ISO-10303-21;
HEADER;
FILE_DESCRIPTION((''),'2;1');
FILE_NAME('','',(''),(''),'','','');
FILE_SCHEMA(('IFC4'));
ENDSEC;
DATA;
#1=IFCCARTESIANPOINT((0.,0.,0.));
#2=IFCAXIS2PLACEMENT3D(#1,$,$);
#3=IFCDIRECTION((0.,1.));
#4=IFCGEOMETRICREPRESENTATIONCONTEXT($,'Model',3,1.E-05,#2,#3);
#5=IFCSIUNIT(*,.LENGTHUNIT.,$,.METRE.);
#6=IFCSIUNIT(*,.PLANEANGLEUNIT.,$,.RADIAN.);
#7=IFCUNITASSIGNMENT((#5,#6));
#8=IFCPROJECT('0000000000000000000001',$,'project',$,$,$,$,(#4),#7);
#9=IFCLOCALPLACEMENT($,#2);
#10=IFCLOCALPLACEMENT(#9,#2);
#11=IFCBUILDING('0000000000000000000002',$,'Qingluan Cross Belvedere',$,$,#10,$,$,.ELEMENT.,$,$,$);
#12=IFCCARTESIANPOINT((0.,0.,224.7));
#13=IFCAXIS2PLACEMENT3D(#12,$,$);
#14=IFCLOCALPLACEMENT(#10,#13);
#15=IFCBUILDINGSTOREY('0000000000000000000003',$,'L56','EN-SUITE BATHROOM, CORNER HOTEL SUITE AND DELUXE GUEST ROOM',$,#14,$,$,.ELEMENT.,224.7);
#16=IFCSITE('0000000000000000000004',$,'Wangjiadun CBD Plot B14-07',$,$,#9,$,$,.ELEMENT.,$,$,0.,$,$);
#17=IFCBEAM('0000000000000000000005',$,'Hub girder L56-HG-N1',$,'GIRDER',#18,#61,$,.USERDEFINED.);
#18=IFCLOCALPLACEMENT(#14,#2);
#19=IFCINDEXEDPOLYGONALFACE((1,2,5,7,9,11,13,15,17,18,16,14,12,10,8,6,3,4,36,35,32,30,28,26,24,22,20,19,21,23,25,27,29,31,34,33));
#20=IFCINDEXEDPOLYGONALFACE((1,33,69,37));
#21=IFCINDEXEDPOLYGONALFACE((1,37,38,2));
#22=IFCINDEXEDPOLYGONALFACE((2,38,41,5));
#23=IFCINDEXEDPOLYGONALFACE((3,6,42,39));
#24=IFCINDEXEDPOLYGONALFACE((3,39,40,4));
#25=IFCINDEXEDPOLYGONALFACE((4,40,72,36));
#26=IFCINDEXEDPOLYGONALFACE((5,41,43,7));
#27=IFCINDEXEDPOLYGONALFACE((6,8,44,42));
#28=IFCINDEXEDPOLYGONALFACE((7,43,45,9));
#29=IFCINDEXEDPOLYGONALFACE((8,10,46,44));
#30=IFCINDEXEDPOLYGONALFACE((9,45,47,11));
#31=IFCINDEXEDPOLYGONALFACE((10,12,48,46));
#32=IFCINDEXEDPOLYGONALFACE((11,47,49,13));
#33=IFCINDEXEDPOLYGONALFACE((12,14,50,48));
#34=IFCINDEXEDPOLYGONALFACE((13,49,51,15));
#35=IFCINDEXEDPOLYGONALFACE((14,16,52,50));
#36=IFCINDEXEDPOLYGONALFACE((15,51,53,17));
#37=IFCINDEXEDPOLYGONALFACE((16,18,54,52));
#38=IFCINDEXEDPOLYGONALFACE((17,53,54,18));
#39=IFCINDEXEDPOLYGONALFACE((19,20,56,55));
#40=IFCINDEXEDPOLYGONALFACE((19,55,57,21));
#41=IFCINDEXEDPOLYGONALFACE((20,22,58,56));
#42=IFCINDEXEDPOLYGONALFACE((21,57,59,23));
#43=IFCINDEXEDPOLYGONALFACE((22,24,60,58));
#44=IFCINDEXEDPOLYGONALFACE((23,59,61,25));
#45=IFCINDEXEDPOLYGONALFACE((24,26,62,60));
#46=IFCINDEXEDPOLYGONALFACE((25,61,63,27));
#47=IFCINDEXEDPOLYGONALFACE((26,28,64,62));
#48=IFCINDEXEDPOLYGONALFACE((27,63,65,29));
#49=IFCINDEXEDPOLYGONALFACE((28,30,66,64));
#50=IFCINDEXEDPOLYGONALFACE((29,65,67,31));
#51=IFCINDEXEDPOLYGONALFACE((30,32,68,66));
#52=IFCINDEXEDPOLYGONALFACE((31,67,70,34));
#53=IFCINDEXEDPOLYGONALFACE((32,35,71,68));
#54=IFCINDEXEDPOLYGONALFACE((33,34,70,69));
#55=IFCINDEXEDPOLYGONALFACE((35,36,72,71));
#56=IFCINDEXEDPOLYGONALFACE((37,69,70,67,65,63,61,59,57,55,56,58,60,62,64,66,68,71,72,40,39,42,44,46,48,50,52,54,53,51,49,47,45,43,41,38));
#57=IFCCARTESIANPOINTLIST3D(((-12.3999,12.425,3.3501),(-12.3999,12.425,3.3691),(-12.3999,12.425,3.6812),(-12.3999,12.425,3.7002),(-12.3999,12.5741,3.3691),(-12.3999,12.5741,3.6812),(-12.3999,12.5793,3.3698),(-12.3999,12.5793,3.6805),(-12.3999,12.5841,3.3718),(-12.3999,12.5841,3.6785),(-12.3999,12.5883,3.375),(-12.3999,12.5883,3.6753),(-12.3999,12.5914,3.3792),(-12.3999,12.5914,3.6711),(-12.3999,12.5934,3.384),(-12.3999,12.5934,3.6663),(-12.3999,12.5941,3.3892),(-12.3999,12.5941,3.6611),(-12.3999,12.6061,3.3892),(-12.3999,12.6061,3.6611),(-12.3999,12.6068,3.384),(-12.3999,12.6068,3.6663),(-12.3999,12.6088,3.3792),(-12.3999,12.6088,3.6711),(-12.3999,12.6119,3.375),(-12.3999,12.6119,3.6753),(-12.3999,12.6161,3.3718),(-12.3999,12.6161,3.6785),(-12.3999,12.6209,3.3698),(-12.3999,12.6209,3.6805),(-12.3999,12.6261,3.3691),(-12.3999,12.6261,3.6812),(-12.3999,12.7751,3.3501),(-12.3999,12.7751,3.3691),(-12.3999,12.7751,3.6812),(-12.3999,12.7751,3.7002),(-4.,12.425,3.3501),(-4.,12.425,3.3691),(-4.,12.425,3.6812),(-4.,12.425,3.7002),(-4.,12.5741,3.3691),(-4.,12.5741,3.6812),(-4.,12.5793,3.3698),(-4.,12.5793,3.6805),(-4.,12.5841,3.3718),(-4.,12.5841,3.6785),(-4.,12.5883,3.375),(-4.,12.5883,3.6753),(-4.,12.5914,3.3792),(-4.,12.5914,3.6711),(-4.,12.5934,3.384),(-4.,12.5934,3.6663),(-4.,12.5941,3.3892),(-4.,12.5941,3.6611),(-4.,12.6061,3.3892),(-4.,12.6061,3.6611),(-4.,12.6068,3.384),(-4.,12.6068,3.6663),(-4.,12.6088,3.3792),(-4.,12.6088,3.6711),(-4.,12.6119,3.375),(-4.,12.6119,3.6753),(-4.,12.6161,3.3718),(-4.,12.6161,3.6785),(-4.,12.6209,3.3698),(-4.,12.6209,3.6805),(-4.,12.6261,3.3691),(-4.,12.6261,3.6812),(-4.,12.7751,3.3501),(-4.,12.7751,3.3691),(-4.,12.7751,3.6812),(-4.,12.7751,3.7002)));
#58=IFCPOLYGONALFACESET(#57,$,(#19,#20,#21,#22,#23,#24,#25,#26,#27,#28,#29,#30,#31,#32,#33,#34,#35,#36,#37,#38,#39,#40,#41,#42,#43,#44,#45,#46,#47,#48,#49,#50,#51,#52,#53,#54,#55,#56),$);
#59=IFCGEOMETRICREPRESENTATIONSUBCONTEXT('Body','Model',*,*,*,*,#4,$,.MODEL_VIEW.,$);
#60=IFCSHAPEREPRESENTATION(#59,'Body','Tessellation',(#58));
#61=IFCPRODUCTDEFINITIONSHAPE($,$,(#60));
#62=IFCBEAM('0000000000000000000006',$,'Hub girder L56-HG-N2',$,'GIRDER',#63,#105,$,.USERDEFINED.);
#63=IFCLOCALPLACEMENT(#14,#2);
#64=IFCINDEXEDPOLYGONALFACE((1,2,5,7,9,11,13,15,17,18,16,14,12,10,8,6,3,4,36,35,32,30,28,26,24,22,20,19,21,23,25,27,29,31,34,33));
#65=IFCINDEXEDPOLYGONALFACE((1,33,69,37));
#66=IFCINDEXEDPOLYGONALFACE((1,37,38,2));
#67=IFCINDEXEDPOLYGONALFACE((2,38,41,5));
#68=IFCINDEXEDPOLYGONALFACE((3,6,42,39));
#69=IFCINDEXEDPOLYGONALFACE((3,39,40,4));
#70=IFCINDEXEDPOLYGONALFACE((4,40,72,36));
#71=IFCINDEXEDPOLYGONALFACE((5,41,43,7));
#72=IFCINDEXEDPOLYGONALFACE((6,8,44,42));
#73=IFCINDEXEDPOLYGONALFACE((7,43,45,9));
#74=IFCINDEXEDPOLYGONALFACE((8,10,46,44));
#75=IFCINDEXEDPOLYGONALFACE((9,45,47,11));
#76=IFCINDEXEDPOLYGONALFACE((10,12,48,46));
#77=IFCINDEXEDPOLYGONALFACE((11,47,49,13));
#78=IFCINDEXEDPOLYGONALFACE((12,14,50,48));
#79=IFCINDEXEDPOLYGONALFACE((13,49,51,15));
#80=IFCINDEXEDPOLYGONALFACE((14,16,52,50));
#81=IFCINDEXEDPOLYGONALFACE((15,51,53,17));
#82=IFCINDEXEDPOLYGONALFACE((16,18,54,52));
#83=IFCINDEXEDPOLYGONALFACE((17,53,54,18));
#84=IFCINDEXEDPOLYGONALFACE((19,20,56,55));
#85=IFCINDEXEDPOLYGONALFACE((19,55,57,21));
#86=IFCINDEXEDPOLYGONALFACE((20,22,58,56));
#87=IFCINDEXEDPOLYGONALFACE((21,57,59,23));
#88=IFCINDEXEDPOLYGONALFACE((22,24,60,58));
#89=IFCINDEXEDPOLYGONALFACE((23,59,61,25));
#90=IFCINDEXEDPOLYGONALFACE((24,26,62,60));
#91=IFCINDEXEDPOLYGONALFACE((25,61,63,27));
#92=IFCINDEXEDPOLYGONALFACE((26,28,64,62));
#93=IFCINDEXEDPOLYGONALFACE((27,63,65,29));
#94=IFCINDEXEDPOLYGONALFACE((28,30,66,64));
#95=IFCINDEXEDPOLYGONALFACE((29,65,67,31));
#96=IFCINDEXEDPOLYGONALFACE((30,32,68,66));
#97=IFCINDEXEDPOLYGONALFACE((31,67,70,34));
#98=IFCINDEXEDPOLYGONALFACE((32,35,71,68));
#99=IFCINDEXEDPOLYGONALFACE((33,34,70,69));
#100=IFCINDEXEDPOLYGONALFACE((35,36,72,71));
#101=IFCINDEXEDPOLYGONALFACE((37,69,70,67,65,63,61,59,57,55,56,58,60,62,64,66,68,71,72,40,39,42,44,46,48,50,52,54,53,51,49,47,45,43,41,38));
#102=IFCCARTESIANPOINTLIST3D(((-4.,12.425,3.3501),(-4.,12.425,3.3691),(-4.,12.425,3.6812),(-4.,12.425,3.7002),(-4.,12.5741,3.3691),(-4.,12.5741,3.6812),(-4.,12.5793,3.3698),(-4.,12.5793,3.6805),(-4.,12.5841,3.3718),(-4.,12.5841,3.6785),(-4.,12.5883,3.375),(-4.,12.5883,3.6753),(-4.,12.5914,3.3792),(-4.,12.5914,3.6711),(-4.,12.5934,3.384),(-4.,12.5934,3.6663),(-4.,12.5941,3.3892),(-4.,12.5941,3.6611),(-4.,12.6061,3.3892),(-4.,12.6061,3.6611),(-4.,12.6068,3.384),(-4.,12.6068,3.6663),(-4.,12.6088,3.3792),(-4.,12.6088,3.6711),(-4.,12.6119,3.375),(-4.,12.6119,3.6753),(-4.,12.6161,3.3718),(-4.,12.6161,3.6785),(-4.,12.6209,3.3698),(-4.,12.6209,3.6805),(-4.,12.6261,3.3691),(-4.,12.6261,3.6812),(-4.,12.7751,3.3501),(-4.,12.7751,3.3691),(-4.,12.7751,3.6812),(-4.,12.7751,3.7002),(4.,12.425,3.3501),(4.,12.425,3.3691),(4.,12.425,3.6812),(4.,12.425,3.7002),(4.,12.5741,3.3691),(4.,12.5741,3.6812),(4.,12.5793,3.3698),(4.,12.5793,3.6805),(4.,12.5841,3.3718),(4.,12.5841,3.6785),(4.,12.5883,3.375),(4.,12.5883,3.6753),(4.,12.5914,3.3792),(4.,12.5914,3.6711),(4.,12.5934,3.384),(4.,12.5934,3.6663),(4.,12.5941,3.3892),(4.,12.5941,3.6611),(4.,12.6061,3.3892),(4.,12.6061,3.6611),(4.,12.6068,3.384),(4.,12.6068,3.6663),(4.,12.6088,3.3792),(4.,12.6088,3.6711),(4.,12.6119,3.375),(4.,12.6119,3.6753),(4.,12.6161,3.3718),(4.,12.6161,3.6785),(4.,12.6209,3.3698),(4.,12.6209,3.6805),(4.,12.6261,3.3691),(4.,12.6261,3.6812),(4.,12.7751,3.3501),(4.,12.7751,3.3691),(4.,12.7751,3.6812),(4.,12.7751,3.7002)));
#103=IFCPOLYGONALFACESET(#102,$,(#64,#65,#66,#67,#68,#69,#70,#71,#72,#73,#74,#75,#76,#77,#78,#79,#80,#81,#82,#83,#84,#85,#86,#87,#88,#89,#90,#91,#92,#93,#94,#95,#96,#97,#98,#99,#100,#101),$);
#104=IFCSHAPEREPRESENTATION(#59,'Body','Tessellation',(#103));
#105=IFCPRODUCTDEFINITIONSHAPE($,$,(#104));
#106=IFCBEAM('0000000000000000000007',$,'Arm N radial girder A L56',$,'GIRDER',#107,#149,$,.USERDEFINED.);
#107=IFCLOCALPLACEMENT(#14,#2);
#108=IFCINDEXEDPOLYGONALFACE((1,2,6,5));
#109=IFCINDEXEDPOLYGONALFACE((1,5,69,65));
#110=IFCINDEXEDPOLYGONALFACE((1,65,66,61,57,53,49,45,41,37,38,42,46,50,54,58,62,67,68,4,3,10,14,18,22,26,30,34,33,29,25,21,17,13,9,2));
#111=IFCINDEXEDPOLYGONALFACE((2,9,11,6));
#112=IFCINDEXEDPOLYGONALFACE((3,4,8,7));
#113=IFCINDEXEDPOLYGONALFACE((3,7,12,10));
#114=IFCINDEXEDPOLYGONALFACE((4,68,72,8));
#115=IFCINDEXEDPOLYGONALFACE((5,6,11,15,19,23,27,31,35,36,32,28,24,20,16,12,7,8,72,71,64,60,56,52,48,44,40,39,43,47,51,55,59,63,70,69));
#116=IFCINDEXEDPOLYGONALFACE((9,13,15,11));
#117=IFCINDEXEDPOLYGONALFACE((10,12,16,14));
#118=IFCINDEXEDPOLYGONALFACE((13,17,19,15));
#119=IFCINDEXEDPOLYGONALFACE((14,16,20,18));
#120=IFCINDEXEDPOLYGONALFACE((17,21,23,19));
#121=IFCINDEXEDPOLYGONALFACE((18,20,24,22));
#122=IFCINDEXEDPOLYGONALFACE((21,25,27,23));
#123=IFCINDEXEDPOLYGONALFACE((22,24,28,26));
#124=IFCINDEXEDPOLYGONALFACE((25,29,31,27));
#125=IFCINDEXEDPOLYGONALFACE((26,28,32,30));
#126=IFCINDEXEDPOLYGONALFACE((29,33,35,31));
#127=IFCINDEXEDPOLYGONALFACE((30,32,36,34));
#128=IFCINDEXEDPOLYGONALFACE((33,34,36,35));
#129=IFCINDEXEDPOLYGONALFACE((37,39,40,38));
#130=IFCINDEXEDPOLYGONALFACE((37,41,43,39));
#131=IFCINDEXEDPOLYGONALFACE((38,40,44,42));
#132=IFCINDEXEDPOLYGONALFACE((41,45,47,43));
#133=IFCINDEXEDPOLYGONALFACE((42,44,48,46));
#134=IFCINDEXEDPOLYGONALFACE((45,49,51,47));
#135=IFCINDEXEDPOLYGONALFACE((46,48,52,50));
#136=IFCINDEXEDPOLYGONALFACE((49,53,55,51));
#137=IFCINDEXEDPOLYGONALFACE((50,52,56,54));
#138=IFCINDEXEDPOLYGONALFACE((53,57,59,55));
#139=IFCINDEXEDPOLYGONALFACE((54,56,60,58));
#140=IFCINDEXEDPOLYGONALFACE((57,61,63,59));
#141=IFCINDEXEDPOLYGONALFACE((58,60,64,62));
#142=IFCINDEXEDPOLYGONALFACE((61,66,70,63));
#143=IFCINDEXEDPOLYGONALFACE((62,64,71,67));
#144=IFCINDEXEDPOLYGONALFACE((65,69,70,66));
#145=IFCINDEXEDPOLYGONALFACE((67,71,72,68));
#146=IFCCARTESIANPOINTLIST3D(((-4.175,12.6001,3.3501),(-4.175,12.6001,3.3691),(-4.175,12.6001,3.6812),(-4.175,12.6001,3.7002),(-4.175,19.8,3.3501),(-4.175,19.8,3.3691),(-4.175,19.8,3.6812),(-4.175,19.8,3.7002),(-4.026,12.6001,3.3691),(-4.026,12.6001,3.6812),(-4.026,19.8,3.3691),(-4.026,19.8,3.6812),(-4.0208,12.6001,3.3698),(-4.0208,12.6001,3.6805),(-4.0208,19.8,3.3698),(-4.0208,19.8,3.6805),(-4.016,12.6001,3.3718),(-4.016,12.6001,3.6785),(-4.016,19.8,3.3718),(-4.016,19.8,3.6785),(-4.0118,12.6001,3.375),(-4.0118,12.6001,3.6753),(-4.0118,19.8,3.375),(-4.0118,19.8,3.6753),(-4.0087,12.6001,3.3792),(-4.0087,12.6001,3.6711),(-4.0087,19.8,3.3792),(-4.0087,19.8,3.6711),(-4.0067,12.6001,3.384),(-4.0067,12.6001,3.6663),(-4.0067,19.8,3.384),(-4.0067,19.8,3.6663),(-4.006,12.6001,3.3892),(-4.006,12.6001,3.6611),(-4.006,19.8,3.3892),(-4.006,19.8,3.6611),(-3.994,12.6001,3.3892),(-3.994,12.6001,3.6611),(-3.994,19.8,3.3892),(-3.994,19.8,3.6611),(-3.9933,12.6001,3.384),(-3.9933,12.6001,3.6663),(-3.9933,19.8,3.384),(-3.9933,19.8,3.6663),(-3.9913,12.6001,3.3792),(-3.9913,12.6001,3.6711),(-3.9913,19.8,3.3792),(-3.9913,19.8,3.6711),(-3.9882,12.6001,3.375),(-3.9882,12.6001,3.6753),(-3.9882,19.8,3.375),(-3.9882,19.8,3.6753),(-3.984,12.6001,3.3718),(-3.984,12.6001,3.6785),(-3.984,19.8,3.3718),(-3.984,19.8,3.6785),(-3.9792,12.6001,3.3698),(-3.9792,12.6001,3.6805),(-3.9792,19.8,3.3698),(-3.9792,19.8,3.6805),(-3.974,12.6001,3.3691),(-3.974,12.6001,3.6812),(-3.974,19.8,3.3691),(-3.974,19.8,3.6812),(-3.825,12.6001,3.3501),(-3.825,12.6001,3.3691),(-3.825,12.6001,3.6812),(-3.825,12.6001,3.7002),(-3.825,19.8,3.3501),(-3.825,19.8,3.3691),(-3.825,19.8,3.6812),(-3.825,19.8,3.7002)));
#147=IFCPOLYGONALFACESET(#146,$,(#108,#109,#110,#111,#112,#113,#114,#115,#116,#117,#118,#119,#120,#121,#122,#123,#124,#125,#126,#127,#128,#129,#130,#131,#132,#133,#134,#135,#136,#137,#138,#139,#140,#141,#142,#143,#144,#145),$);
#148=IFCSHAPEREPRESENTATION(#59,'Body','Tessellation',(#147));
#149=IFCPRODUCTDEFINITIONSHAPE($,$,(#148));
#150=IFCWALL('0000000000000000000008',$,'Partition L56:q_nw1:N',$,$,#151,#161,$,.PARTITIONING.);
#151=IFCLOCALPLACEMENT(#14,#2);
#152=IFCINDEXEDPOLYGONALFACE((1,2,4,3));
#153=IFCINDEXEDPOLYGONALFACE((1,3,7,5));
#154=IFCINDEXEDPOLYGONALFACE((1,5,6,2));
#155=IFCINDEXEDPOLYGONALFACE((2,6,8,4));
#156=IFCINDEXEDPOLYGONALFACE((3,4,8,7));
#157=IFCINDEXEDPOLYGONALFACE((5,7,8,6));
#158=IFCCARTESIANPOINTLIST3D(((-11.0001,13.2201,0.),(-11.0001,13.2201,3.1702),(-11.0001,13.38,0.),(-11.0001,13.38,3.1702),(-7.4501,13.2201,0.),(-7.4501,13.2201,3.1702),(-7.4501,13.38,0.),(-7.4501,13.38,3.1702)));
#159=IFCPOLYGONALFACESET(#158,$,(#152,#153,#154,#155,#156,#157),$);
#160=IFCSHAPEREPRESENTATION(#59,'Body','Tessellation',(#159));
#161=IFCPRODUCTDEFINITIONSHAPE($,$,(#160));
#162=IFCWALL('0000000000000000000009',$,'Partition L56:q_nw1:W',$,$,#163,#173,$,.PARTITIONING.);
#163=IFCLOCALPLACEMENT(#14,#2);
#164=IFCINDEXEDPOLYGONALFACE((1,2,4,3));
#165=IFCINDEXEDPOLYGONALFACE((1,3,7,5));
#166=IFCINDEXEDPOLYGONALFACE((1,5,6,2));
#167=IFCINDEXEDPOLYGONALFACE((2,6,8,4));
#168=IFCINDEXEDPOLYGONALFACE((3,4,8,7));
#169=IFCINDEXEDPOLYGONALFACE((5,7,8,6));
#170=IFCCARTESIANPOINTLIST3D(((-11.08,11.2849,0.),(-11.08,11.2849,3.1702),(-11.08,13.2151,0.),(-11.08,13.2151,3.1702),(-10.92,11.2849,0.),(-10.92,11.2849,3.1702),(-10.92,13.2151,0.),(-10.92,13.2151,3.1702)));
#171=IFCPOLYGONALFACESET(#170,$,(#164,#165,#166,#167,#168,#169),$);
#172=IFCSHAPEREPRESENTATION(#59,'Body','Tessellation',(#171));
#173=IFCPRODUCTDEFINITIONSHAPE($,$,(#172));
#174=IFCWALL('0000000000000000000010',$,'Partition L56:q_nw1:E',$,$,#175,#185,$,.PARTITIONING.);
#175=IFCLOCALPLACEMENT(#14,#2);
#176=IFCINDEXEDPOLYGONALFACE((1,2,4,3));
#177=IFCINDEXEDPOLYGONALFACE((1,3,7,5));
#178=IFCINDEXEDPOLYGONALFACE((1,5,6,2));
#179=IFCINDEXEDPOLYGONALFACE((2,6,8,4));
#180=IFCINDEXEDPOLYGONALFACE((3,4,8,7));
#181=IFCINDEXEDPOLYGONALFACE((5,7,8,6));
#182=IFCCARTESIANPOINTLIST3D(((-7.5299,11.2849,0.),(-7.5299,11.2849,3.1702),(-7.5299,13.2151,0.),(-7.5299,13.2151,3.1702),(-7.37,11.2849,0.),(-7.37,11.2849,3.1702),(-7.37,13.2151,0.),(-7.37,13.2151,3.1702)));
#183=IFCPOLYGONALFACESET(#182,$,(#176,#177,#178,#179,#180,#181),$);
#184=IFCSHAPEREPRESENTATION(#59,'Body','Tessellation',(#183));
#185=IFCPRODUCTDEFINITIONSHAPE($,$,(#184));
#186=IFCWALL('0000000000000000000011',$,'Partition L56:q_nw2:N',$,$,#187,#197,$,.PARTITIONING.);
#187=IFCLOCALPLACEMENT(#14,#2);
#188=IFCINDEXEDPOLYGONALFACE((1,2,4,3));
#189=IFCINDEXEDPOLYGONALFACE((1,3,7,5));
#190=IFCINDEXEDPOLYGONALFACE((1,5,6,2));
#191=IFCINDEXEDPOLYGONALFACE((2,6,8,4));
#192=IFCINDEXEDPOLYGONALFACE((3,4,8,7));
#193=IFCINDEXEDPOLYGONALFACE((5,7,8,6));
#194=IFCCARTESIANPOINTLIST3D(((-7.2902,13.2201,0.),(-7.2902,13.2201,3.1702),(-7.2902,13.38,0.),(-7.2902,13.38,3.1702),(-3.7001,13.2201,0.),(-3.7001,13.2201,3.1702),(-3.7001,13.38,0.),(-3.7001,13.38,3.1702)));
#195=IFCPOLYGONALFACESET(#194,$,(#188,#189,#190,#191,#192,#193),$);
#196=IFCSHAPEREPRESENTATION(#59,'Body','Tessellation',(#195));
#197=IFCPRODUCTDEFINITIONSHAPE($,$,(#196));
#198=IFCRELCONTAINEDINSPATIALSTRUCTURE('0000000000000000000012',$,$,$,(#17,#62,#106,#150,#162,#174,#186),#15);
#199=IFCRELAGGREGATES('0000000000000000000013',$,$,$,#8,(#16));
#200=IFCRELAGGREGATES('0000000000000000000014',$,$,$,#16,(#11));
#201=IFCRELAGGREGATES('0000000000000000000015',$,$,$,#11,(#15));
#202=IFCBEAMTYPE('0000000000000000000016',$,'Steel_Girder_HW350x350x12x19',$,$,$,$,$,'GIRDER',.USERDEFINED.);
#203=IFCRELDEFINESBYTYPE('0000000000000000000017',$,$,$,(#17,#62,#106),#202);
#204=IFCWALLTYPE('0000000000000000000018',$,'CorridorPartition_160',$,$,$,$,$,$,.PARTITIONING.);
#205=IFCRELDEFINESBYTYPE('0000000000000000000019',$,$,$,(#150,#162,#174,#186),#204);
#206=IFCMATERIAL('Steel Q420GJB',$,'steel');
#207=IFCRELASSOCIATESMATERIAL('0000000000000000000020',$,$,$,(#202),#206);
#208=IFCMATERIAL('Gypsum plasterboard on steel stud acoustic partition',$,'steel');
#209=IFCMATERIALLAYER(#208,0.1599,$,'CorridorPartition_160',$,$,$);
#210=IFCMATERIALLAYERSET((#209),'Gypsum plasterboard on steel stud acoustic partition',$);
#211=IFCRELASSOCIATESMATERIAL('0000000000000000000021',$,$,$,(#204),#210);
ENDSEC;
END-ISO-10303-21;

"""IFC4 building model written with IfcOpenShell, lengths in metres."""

from ifc_helpers import new_model, si_unit, direction, frame, frame_2d, origin, origin_2d, place, context, subcontext, project, spatial, rectangle, i_section, extrude, material, layer, layer_set, material_profile, profile_set, type_object, element, save


model = new_model("IFC4")

# Units and contexts
model_context = context("Model", 3, precision=1e-05, world=origin(), true_north=direction((0.0, 1.0)))
body_context = subcontext(model_context, "Body", "Model", "MODEL_VIEW")
ifc_project = project(units=[si_unit("LENGTHUNIT", "METRE"), si_unit("PLANEANGLEUNIT", "RADIAN")], contexts=[model_context])

# Site, building, storey
site_placement = place(None, origin())
site = spatial("IfcSite", under=ifc_project, at=site_placement, Name="Wangjiadun CBD Plot B14-07", CompositionType="ELEMENT", RefElevation=0.0)
building_placement = place(site_placement, origin())
building = spatial("IfcBuilding", under=site, at=building_placement, Name="Qingluan Cross Belvedere", CompositionType="ELEMENT")
storey_placement = place(building_placement, frame((0.0, 0.0, 224.7)))
storey = spatial("IfcBuildingStorey", under=building, at=storey_placement, Name="L56", Description="EN-SUITE BATHROOM, CORNER HOTEL SUITE AND DELUXE GUEST ROOM", CompositionType="ELEMENT", Elevation=224.7)

# Beams
ifc_material_1 = material(Name="Steel Q420GJB", Category="steel")
ifc_material_profile_1 = material_profile(ifc_material_1, i_section(OverallWidth=0.3501, OverallDepth=0.3501, WebThickness=0.012, FlangeThickness=0.019, FilletRadius=0.02, at=origin_2d()), Name="HW350x350x12x19")
ifc_profile_set_1 = profile_set([ifc_material_profile_1], Name="Steel Q420GJB")
beam_type_1 = type_object("IfcBeamType", Name="Steel_Girder_HW350x350x12x19", ElementType="GIRDER", PredefinedType="USERDEFINED", material=ifc_profile_set_1)
beam_1_placement = place(storey_placement, frame((-12.3999, 12.6001, 3.5251), z_axis=(1.0, 0.0, 0.0), x_axis=(0.0, 1.0, 0.0)))
element("IfcBeam", 1, at=beam_1_placement, inside=storey, type_object=beam_type_1, Name="Hub girder L56-HG-N1", ObjectType="GIRDER", PredefinedType="USERDEFINED", context=body_context, shape_type="SweptSolid", body=[
    extrude(i_section(OverallWidth=0.3501, OverallDepth=0.3501, WebThickness=0.012, FlangeThickness=0.019, FilletRadius=0.02, at=origin_2d()), origin(), (0.0, 0.0, 1.0), 8.3999),
])
beam_2_placement = place(storey_placement, frame((-4.0, 12.6001, 3.5251), z_axis=(1.0, 0.0, 0.0), x_axis=(0.0, 1.0, 0.0)))
element("IfcBeam", 2, at=beam_2_placement, inside=storey, type_object=beam_type_1, Name="Hub girder L56-HG-N2", ObjectType="GIRDER", PredefinedType="USERDEFINED", context=body_context, shape_type="SweptSolid", body=[
    extrude(i_section(OverallWidth=0.3501, OverallDepth=0.3501, WebThickness=0.012, FlangeThickness=0.019, FilletRadius=0.02, at=origin_2d()), origin(), (0.0, 0.0, 1.0), 8.0),
])
beam_3_placement = place(storey_placement, frame((-4.0, 12.6001, 3.5251), z_axis=(0.0, 1.0, 0.0), x_axis=(-1.0, 0.0, 0.0)))
element("IfcBeam", 3, at=beam_3_placement, inside=storey, type_object=beam_type_1, Name="Arm N radial girder A L56", ObjectType="GIRDER", PredefinedType="USERDEFINED", context=body_context, shape_type="SweptSolid", body=[
    extrude(i_section(OverallWidth=0.3501, OverallDepth=0.3501, WebThickness=0.012, FlangeThickness=0.019, FilletRadius=0.02, at=origin_2d()), origin(), (0.0, 0.0, 1.0), 7.2),
])

# Shared definitions
ifc_material_2 = material(Name="Gypsum plasterboard on steel stud acoustic partition", Category="steel")
ifc_layer_1 = layer(ifc_material_2, 0.1599, Name="CorridorPartition_160")
ifc_layer_set_1 = layer_set([ifc_layer_1], Name="Gypsum plasterboard on steel stud acoustic partition")
wall_type_1 = type_object("IfcWallType", Name="CorridorPartition_160", PredefinedType="PARTITIONING", material=ifc_layer_set_1)

# Walls
wall_1_placement = place(storey_placement, frame((-11.0, 13.3, 0.0), z_axis=(0.0, 0.0, 1.0), x_axis=(1.0, 0.0, 0.0)))
element("IfcWall", 4, at=wall_1_placement, inside=storey, type_object=wall_type_1, Name="Partition L56:q_nw1:N", PredefinedType="PARTITIONING", context=body_context, shape_type="SweptSolid", body=[
    extrude(rectangle(XDim=3.55, YDim=0.1599, at=frame_2d((1.7749, 0.0))), origin(), (0.0, 0.0, 1.0), 3.1702),
])
for number, where, z_axis, x_axis, name in (
    (5, (-11.0, 11.2849, 0.0), (0.0, 0.0, 1.0), (0.0, 1.0, 0.0), "Partition L56:q_nw1:W"),
    (6, (-7.45, 11.2849, 0.0), (0.0, 0.0, 1.0), (0.0, 1.0, 0.0), "Partition L56:q_nw1:E"),
):
    element("IfcWall", number, at=place(storey_placement, frame(where, z_axis=z_axis, x_axis=x_axis)), inside=storey, type_object=wall_type_1, Name=name, PredefinedType="PARTITIONING", context=body_context, shape_type="SweptSolid", body=[
        extrude(rectangle(XDim=1.9302, YDim=0.1599, at=frame_2d((0.9651, 0.0))), origin(), (0.0, 0.0, 1.0), 3.1702),
    ])

# Wall
wall_2_placement = place(storey_placement, frame((-7.29, 13.3, 0.0), z_axis=(0.0, 0.0, 1.0), x_axis=(1.0, 0.0, 0.0)))
element("IfcWall", 7, at=wall_2_placement, inside=storey, type_object=wall_type_1, Name="Partition L56:q_nw2:N", PredefinedType="PARTITIONING", context=body_context, shape_type="SweptSolid", body=[
    extrude(rectangle(XDim=3.5901, YDim=0.1599, at=frame_2d((1.7949, 0.0))), origin(), (0.0, 0.0, 1.0), 3.1702),
])

save(model, "model.ifc")
